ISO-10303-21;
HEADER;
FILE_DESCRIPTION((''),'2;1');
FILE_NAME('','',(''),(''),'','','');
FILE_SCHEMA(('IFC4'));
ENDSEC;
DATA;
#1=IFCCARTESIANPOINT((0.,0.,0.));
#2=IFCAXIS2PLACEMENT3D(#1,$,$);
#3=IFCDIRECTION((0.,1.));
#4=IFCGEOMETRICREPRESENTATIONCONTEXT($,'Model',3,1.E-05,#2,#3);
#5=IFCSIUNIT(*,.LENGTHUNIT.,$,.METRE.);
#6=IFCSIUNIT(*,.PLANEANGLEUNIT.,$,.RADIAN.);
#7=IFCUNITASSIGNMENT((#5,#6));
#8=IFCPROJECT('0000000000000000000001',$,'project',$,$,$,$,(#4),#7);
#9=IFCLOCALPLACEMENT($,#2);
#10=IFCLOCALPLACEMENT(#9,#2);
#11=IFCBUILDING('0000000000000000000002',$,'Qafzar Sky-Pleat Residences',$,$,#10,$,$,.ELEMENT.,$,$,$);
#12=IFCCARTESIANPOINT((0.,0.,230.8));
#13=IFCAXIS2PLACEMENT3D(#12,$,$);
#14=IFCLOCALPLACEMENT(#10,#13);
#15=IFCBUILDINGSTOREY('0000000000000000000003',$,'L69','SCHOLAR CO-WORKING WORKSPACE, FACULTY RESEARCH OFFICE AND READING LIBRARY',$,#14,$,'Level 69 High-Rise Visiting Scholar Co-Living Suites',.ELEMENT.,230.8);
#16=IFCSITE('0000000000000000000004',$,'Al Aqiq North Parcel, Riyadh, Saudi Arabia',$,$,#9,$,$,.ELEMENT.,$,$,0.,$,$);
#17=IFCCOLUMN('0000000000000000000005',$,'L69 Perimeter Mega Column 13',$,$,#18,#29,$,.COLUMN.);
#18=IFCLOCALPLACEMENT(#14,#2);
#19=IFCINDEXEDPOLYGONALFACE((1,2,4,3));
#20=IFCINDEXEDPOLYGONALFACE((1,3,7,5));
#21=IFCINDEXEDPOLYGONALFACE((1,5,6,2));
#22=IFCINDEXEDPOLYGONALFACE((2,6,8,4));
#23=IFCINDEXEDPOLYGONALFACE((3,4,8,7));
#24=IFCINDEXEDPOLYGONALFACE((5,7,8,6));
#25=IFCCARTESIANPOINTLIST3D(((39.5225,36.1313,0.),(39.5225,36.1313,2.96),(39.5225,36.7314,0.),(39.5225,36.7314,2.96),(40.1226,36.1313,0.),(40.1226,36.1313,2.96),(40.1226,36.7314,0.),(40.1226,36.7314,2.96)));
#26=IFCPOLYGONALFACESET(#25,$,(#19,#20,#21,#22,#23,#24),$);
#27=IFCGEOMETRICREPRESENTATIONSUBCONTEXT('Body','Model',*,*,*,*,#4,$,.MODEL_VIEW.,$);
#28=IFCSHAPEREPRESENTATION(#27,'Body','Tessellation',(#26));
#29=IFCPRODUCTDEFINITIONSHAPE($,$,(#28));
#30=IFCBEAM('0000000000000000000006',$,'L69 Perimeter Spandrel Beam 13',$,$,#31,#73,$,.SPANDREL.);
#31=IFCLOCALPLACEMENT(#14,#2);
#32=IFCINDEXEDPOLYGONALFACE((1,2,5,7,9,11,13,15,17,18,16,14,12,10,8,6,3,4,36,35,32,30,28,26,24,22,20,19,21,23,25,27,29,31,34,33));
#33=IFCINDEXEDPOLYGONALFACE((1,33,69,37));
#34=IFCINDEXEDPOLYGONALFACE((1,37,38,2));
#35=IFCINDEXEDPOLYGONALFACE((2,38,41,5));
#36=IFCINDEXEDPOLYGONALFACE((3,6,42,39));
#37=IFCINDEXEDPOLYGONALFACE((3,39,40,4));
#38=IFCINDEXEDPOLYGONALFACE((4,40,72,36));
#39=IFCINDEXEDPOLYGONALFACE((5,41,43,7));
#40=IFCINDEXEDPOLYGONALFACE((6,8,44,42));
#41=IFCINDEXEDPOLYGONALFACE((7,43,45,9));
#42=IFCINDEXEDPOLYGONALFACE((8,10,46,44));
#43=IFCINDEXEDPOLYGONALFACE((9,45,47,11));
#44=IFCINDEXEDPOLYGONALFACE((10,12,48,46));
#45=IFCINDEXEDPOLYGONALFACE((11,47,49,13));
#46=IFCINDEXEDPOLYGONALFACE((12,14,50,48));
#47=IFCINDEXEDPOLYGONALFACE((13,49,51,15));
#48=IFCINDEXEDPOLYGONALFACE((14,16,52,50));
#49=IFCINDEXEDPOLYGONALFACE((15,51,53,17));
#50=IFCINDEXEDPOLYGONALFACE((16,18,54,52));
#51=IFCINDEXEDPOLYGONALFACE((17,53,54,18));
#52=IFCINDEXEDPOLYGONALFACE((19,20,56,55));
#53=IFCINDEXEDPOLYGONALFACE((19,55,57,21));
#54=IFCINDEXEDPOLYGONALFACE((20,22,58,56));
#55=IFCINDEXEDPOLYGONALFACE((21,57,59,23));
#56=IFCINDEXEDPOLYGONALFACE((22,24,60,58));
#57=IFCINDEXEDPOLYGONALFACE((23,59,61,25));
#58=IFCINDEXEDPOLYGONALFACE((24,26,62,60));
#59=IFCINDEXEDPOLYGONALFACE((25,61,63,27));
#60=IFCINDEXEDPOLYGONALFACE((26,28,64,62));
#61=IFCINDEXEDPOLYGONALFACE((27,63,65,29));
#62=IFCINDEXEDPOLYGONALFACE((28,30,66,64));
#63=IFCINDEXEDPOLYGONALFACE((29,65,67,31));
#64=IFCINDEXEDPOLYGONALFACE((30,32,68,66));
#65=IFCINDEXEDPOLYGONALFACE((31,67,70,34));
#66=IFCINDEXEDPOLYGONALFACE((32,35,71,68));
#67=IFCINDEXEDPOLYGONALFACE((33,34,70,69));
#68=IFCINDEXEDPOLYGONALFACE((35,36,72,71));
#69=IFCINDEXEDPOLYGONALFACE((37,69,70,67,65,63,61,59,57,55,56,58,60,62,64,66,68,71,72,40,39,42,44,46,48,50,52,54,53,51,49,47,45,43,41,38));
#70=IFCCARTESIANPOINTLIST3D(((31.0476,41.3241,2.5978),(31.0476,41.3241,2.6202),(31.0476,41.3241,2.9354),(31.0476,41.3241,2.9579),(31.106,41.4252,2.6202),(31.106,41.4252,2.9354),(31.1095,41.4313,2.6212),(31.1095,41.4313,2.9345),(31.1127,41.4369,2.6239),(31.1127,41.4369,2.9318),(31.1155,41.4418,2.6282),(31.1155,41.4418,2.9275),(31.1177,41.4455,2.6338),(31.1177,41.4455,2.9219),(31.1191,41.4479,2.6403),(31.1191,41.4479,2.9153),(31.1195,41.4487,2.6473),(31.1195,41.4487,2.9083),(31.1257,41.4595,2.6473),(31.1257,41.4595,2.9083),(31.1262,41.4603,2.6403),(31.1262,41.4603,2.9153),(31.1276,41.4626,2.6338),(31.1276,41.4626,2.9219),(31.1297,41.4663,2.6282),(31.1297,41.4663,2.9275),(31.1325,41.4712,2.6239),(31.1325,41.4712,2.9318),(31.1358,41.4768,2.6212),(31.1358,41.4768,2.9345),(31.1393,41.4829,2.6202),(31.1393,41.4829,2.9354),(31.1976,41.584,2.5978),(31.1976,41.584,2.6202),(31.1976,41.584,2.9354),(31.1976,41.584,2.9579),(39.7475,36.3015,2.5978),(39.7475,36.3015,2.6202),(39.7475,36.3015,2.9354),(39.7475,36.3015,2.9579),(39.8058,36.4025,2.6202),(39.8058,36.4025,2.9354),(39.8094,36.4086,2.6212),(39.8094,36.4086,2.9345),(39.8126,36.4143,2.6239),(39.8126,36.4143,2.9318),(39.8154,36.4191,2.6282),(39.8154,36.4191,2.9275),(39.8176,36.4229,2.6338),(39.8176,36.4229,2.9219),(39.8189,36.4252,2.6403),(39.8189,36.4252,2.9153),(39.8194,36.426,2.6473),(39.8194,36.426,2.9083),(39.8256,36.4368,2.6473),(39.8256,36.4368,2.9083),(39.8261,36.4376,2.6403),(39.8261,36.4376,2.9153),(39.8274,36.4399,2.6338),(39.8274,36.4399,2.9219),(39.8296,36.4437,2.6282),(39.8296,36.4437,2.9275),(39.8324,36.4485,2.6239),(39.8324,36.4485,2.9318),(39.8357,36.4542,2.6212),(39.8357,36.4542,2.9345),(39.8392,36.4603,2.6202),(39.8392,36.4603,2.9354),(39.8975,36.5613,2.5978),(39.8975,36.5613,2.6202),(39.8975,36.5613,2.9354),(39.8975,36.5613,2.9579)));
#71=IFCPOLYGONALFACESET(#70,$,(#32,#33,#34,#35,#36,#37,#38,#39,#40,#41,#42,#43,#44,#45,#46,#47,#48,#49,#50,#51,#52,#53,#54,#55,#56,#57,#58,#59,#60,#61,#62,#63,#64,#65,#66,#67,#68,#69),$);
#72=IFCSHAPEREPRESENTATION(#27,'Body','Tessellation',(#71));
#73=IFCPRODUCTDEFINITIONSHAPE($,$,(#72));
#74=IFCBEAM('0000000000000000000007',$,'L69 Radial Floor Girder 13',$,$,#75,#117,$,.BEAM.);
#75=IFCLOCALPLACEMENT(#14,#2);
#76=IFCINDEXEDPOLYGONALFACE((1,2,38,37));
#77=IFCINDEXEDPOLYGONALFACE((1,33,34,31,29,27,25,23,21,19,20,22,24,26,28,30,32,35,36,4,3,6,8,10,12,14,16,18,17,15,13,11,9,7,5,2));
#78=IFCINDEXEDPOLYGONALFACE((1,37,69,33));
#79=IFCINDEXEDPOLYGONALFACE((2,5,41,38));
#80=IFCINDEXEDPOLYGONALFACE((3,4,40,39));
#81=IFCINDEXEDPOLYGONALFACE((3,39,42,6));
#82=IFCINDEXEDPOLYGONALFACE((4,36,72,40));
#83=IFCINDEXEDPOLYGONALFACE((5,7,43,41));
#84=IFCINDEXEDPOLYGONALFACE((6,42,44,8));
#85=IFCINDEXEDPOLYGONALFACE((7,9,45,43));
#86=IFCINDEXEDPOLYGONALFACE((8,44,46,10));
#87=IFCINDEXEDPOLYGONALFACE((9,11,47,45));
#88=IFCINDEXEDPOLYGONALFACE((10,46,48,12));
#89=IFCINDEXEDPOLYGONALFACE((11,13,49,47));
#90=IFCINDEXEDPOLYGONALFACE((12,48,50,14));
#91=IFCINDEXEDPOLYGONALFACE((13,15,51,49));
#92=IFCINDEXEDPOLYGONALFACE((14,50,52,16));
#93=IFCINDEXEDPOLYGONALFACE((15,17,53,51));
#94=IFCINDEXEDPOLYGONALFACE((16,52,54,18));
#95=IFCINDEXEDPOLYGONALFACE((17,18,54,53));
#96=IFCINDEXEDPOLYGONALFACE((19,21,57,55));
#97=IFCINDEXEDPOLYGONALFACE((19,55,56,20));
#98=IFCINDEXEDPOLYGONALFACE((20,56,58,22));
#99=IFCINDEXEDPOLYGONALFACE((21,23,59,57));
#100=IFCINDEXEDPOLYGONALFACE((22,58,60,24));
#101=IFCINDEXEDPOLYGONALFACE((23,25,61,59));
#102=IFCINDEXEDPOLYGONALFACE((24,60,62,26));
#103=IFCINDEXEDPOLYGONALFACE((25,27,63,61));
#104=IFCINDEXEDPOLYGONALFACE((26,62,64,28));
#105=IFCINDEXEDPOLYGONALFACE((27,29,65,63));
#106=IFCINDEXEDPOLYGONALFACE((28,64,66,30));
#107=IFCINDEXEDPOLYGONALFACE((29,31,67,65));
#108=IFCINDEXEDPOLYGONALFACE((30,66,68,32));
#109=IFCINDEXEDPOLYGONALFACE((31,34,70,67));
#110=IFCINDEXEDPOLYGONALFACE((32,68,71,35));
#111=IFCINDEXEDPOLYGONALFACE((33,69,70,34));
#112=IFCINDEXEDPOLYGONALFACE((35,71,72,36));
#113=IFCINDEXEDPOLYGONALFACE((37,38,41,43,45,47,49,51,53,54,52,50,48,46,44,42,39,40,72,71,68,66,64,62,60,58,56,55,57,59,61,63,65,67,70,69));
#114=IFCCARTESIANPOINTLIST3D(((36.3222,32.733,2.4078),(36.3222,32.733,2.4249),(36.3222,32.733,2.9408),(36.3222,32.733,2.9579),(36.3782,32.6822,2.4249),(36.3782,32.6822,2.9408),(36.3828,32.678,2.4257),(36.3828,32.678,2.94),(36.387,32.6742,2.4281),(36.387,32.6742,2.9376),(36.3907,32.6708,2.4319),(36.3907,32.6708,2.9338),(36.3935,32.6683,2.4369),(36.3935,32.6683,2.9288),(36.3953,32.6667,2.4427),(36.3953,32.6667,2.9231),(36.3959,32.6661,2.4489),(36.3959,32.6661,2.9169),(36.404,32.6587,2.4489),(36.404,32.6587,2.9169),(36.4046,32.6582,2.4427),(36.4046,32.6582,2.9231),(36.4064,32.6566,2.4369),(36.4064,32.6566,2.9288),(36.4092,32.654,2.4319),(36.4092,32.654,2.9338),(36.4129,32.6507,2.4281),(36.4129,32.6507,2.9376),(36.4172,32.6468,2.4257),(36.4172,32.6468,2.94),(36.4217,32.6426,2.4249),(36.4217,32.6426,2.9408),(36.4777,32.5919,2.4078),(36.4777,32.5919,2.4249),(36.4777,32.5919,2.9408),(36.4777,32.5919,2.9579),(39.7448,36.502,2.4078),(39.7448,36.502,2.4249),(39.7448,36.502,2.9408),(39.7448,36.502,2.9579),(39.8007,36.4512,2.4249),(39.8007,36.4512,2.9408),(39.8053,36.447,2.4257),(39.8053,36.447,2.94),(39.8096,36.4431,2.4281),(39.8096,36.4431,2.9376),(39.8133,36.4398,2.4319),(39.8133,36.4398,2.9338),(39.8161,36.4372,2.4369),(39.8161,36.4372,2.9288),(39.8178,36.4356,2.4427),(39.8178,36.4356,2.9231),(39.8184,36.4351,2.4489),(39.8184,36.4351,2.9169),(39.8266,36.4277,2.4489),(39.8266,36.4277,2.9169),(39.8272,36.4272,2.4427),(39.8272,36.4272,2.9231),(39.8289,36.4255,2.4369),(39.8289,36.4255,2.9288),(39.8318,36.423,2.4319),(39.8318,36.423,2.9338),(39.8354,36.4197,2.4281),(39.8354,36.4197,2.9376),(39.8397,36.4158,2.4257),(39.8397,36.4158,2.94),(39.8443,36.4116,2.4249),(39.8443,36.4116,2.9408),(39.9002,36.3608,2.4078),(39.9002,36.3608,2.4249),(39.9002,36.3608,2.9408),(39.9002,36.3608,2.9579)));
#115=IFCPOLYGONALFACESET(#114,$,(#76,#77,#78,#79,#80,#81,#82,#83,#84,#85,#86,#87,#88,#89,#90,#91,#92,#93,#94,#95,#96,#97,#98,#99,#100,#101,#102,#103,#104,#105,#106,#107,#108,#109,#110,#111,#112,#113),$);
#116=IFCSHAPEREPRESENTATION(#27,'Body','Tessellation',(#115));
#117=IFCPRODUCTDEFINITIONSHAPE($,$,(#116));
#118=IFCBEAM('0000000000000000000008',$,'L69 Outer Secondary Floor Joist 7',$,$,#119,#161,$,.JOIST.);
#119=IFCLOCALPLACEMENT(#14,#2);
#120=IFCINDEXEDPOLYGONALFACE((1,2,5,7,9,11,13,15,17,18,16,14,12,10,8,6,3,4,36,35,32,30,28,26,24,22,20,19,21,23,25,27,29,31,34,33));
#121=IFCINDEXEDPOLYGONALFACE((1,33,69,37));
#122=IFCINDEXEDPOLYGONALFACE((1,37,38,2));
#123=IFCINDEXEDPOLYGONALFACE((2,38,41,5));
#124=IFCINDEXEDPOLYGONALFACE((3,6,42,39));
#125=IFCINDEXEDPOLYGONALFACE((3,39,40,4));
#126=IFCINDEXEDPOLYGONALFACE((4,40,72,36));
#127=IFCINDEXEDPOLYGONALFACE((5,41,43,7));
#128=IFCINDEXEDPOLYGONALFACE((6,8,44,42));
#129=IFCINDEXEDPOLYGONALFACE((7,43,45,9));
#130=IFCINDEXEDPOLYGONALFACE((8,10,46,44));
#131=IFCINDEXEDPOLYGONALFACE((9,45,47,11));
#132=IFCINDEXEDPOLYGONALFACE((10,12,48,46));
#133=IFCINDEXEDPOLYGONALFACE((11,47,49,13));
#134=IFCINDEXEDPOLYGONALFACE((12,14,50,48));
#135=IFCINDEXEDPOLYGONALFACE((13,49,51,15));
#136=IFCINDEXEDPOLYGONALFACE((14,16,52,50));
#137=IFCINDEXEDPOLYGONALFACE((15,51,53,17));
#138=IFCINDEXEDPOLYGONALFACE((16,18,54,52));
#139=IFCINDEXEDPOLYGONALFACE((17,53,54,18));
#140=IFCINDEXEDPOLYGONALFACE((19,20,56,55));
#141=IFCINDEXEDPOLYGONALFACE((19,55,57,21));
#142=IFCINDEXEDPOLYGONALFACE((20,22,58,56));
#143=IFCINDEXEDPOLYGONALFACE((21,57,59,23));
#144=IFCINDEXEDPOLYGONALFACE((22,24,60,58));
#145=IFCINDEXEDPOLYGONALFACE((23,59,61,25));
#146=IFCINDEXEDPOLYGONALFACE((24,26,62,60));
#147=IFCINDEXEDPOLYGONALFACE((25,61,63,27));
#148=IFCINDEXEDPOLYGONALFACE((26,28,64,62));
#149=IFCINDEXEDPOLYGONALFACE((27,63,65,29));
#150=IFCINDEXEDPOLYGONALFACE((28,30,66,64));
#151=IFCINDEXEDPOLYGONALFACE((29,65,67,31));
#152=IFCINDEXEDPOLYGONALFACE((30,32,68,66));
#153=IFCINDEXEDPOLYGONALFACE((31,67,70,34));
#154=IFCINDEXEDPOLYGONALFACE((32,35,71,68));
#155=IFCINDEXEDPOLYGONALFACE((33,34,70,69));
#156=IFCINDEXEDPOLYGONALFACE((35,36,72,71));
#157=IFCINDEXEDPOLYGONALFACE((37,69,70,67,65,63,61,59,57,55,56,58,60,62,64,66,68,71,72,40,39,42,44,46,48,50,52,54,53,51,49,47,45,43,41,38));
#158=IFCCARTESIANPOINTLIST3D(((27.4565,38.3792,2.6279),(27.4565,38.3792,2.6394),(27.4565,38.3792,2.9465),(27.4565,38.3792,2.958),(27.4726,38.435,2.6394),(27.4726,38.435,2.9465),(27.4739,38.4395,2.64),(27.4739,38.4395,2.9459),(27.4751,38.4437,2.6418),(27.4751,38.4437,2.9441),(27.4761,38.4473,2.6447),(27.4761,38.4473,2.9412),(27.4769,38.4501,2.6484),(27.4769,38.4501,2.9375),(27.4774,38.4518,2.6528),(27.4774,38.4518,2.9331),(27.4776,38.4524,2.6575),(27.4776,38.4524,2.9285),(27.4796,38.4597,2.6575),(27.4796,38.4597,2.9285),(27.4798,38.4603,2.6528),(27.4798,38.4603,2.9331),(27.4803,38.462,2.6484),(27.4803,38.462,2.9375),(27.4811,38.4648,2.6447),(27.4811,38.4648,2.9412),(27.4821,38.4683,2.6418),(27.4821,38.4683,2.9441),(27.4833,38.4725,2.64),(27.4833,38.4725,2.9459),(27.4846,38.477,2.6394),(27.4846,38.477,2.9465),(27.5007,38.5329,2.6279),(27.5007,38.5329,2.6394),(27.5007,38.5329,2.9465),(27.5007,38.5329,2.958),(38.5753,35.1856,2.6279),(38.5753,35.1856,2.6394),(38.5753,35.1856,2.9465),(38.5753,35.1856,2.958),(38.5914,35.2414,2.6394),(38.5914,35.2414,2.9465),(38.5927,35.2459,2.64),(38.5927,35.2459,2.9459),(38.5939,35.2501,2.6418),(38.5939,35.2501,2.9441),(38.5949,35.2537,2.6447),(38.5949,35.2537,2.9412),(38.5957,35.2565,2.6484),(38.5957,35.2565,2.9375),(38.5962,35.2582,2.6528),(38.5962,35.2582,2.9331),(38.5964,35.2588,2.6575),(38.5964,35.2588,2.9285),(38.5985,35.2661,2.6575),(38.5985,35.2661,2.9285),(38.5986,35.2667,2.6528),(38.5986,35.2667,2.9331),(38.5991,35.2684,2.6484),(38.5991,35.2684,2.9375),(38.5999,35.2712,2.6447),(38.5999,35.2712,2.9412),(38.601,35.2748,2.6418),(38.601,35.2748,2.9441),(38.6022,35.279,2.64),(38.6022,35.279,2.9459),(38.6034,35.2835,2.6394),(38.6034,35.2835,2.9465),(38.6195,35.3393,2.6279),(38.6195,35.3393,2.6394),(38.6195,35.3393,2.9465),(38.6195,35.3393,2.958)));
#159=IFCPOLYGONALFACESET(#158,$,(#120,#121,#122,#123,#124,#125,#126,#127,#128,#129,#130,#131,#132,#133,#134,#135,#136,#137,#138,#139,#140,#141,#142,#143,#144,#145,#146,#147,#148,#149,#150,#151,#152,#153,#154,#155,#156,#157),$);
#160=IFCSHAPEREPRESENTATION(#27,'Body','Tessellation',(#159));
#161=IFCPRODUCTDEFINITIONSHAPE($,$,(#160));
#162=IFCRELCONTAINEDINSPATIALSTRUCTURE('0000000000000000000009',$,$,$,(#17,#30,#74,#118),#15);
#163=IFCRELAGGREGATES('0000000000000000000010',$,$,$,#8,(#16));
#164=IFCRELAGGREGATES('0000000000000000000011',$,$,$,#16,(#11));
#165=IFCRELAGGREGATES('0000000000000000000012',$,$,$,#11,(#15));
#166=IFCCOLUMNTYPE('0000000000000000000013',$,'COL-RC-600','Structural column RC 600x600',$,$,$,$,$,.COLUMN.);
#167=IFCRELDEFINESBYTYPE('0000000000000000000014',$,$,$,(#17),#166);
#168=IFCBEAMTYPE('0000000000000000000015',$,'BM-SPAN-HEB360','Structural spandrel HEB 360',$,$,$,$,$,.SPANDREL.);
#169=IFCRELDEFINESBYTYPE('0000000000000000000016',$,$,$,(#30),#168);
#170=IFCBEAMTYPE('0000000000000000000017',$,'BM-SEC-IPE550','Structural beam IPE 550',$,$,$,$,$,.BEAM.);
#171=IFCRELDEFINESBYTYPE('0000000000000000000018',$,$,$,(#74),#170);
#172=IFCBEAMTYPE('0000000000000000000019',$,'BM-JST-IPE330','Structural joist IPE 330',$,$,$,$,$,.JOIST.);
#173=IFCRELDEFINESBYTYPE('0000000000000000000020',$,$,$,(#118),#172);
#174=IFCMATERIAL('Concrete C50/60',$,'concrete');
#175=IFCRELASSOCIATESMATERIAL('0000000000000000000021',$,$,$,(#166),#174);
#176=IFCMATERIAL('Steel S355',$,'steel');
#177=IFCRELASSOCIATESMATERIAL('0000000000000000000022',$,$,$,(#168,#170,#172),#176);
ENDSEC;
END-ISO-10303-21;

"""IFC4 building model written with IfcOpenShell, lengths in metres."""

from ifc_helpers import new_model, si_unit, direction, frame, origin, origin_2d, place, context, subcontext, project, spatial, rectangle, i_section, extrude, source, transform, mapped, material, material_profile, profile_set, type_object, element, save


model = new_model("IFC4")

# Units and contexts
model_context = context("Model", 3, precision=1e-05, world=origin(), true_north=direction((0.0, 1.0)))
body_context = subcontext(model_context, "Body", "Model", "MODEL_VIEW")
ifc_project = project(units=[si_unit("LENGTHUNIT", "METRE"), si_unit("PLANEANGLEUNIT", "RADIAN")], contexts=[model_context])

# Site, building, storey
site_placement = place(None, origin())
site = spatial("IfcSite", under=ifc_project, at=site_placement, Name="Al Aqiq North Parcel, Riyadh, Saudi Arabia", CompositionType="ELEMENT", RefElevation=0.0)
building_placement = place(site_placement, origin())
building = spatial("IfcBuilding", under=site, at=building_placement, Name="Qafzar Sky-Pleat Residences", CompositionType="ELEMENT")
storey_placement = place(building_placement, frame((0.0, 0.0, 230.8)))
storey = spatial("IfcBuildingStorey", under=building, at=storey_placement, Name="L69", Description="SCHOLAR CO-WORKING WORKSPACE, FACULTY RESEARCH OFFICE AND READING LIBRARY", LongName="Level 69 High-Rise Visiting Scholar Co-Living Suites", CompositionType="ELEMENT", Elevation=230.8)

# Column
ifc_material_1 = material(Name="Concrete C50/60", Category="concrete")
ifc_material_profile_1 = material_profile(ifc_material_1, rectangle(XDim=0.6001, YDim=0.6001, at=origin_2d()), Name="RC 600x600")
ifc_profile_set_1 = profile_set([ifc_material_profile_1], Name="Concrete C50/60")
column_type = type_object("IfcColumnType", Name="COL-RC-600", Description="Structural column RC 600x600", PredefinedType="COLUMN", material=ifc_profile_set_1)
shared_shape_1 = source(origin(), body_context, "Body", "SweptSolid", [
    extrude(rectangle(XDim=0.6001, YDim=0.6001, at=origin_2d()), origin(), (0.0, 0.0, 1.0), 2.96),
])
column_placement = place(storey_placement, frame((39.8225, 36.4314, 0.0), z_axis=(0.0, 0.0, 1.0), x_axis=(1.0, 0.0, 0.0)))
element("IfcColumn", 1, at=column_placement, inside=storey, type_object=column_type, Name="L69 Perimeter Mega Column 13", PredefinedType="COLUMN", context=body_context, shape_type="MappedRepresentation", body=[
    mapped(shared_shape_1, transform((0.0, 0.0, 0.0), x_axis=(1.0, 0.0, 0.0), y_axis=(0.0, 1.0, 0.0), z_axis=(0.0, 0.0, 1.0), scale=1.0)),
])

# Beams
ifc_material_2 = material(Name="Steel S355", Category="steel")
ifc_material_profile_2 = material_profile(ifc_material_2, i_section(OverallWidth=0.3, OverallDepth=0.3601, WebThickness=0.0125, FlangeThickness=0.0225, FilletRadius=0.0271, at=origin_2d()), Name="HEB 360")
ifc_profile_set_2 = profile_set([ifc_material_profile_2], Name="Steel S355")
beam_type_1 = type_object("IfcBeamType", Name="BM-SPAN-HEB360", Description="Structural spandrel HEB 360", PredefinedType="SPANDREL", material=ifc_profile_set_2)
shared_shape_2 = source(origin(), body_context, "Body", "SweptSolid", [
    extrude(i_section(OverallWidth=0.3, OverallDepth=0.3601, WebThickness=0.0125, FlangeThickness=0.0225, FilletRadius=0.0271, at=origin_2d()), origin(), (0.0, 0.0, 1.0), 10.0457),
])
beam_1_placement = place(storey_placement, frame((39.8225, 36.4314, 2.7778), z_axis=(-0.866035, 0.499984, 0.0), x_axis=(-0.499984, -0.866035, 0.0)))
element("IfcBeam", 2, at=beam_1_placement, inside=storey, type_object=beam_type_1, Name="L69 Perimeter Spandrel Beam 13", PredefinedType="SPANDREL", context=body_context, shape_type="MappedRepresentation", body=[
    mapped(shared_shape_2, transform((0.0, 0.0, 0.0), x_axis=(1.0, 0.0, 0.0), y_axis=(0.0, 1.0, 0.0), z_axis=(0.0, 0.0, 1.0), scale=1.0)),
])
ifc_material_profile_3 = material_profile(ifc_material_2, i_section(OverallWidth=0.21, OverallDepth=0.55, WebThickness=0.011, FlangeThickness=0.0171, FilletRadius=0.0239, at=origin_2d()), Name="IPE 550")
ifc_profile_set_3 = profile_set([ifc_material_profile_3], Name="Steel S355")
beam_type_2 = type_object("IfcBeamType", Name="BM-SEC-IPE550", Description="Structural beam IPE 550", PredefinedType="BEAM", material=ifc_profile_set_3)
shared_shape_3 = source(origin(), body_context, "Body", "SweptSolid", [
    extrude(i_section(OverallWidth=0.21, OverallDepth=0.55, WebThickness=0.011, FlangeThickness=0.0171, FilletRadius=0.0239, at=origin_2d()), origin(), (0.0, 0.0, 1.0), 5.0911),
])
beam_2_placement = place(storey_placement, frame((39.8225, 36.4314, 2.6829), z_axis=(-0.672265, -0.740311, 0.0), x_axis=(0.740311, -0.672265, 0.0)))
element("IfcBeam", 3, at=beam_2_placement, inside=storey, type_object=beam_type_2, Name="L69 Radial Floor Girder 13", PredefinedType="BEAM", context=body_context, shape_type="MappedRepresentation", body=[
    mapped(shared_shape_3, transform((0.0, 0.0, 0.0), x_axis=(1.0, 0.0, 0.0), y_axis=(0.0, 1.0, 0.0), z_axis=(0.0, 0.0, 1.0), scale=1.0)),
])
ifc_material_profile_4 = material_profile(ifc_material_2, i_section(OverallWidth=0.1599, OverallDepth=0.3301, WebThickness=0.0076, FlangeThickness=0.0115, FilletRadius=0.0181, at=origin_2d()), Name="IPE 330")
ifc_profile_set_4 = profile_set([ifc_material_profile_4], Name="Steel S355")
beam_type_3 = type_object("IfcBeamType", Name="BM-JST-IPE330", Description="Structural joist IPE 330", PredefinedType="JOIST", material=ifc_profile_set_4)
shared_shape_4 = source(origin(), body_context, "Body", "SweptSolid", [
    extrude(i_section(OverallWidth=0.1599, OverallDepth=0.3301, WebThickness=0.0076, FlangeThickness=0.0115, FilletRadius=0.0181, at=origin_2d()), origin(), (0.0, 0.0, 1.0), 11.5684),
])
beam_3_placement = place(storey_placement, frame((38.5974, 35.2625, 2.793), z_axis=(-0.96114, 0.276062, 0.0), x_axis=(-0.276062, -0.96114, 0.0)))
element("IfcBeam", 4, at=beam_3_placement, inside=storey, type_object=beam_type_3, Name="L69 Outer Secondary Floor Joist 7", PredefinedType="JOIST", context=body_context, shape_type="MappedRepresentation", body=[
    mapped(shared_shape_4, transform((0.0, 0.0, 0.0), x_axis=(1.0, 0.0, 0.0), y_axis=(0.0, 1.0, 0.0), z_axis=(0.0, 0.0, 1.0), scale=1.0)),
])

save(model, "model.ifc")
